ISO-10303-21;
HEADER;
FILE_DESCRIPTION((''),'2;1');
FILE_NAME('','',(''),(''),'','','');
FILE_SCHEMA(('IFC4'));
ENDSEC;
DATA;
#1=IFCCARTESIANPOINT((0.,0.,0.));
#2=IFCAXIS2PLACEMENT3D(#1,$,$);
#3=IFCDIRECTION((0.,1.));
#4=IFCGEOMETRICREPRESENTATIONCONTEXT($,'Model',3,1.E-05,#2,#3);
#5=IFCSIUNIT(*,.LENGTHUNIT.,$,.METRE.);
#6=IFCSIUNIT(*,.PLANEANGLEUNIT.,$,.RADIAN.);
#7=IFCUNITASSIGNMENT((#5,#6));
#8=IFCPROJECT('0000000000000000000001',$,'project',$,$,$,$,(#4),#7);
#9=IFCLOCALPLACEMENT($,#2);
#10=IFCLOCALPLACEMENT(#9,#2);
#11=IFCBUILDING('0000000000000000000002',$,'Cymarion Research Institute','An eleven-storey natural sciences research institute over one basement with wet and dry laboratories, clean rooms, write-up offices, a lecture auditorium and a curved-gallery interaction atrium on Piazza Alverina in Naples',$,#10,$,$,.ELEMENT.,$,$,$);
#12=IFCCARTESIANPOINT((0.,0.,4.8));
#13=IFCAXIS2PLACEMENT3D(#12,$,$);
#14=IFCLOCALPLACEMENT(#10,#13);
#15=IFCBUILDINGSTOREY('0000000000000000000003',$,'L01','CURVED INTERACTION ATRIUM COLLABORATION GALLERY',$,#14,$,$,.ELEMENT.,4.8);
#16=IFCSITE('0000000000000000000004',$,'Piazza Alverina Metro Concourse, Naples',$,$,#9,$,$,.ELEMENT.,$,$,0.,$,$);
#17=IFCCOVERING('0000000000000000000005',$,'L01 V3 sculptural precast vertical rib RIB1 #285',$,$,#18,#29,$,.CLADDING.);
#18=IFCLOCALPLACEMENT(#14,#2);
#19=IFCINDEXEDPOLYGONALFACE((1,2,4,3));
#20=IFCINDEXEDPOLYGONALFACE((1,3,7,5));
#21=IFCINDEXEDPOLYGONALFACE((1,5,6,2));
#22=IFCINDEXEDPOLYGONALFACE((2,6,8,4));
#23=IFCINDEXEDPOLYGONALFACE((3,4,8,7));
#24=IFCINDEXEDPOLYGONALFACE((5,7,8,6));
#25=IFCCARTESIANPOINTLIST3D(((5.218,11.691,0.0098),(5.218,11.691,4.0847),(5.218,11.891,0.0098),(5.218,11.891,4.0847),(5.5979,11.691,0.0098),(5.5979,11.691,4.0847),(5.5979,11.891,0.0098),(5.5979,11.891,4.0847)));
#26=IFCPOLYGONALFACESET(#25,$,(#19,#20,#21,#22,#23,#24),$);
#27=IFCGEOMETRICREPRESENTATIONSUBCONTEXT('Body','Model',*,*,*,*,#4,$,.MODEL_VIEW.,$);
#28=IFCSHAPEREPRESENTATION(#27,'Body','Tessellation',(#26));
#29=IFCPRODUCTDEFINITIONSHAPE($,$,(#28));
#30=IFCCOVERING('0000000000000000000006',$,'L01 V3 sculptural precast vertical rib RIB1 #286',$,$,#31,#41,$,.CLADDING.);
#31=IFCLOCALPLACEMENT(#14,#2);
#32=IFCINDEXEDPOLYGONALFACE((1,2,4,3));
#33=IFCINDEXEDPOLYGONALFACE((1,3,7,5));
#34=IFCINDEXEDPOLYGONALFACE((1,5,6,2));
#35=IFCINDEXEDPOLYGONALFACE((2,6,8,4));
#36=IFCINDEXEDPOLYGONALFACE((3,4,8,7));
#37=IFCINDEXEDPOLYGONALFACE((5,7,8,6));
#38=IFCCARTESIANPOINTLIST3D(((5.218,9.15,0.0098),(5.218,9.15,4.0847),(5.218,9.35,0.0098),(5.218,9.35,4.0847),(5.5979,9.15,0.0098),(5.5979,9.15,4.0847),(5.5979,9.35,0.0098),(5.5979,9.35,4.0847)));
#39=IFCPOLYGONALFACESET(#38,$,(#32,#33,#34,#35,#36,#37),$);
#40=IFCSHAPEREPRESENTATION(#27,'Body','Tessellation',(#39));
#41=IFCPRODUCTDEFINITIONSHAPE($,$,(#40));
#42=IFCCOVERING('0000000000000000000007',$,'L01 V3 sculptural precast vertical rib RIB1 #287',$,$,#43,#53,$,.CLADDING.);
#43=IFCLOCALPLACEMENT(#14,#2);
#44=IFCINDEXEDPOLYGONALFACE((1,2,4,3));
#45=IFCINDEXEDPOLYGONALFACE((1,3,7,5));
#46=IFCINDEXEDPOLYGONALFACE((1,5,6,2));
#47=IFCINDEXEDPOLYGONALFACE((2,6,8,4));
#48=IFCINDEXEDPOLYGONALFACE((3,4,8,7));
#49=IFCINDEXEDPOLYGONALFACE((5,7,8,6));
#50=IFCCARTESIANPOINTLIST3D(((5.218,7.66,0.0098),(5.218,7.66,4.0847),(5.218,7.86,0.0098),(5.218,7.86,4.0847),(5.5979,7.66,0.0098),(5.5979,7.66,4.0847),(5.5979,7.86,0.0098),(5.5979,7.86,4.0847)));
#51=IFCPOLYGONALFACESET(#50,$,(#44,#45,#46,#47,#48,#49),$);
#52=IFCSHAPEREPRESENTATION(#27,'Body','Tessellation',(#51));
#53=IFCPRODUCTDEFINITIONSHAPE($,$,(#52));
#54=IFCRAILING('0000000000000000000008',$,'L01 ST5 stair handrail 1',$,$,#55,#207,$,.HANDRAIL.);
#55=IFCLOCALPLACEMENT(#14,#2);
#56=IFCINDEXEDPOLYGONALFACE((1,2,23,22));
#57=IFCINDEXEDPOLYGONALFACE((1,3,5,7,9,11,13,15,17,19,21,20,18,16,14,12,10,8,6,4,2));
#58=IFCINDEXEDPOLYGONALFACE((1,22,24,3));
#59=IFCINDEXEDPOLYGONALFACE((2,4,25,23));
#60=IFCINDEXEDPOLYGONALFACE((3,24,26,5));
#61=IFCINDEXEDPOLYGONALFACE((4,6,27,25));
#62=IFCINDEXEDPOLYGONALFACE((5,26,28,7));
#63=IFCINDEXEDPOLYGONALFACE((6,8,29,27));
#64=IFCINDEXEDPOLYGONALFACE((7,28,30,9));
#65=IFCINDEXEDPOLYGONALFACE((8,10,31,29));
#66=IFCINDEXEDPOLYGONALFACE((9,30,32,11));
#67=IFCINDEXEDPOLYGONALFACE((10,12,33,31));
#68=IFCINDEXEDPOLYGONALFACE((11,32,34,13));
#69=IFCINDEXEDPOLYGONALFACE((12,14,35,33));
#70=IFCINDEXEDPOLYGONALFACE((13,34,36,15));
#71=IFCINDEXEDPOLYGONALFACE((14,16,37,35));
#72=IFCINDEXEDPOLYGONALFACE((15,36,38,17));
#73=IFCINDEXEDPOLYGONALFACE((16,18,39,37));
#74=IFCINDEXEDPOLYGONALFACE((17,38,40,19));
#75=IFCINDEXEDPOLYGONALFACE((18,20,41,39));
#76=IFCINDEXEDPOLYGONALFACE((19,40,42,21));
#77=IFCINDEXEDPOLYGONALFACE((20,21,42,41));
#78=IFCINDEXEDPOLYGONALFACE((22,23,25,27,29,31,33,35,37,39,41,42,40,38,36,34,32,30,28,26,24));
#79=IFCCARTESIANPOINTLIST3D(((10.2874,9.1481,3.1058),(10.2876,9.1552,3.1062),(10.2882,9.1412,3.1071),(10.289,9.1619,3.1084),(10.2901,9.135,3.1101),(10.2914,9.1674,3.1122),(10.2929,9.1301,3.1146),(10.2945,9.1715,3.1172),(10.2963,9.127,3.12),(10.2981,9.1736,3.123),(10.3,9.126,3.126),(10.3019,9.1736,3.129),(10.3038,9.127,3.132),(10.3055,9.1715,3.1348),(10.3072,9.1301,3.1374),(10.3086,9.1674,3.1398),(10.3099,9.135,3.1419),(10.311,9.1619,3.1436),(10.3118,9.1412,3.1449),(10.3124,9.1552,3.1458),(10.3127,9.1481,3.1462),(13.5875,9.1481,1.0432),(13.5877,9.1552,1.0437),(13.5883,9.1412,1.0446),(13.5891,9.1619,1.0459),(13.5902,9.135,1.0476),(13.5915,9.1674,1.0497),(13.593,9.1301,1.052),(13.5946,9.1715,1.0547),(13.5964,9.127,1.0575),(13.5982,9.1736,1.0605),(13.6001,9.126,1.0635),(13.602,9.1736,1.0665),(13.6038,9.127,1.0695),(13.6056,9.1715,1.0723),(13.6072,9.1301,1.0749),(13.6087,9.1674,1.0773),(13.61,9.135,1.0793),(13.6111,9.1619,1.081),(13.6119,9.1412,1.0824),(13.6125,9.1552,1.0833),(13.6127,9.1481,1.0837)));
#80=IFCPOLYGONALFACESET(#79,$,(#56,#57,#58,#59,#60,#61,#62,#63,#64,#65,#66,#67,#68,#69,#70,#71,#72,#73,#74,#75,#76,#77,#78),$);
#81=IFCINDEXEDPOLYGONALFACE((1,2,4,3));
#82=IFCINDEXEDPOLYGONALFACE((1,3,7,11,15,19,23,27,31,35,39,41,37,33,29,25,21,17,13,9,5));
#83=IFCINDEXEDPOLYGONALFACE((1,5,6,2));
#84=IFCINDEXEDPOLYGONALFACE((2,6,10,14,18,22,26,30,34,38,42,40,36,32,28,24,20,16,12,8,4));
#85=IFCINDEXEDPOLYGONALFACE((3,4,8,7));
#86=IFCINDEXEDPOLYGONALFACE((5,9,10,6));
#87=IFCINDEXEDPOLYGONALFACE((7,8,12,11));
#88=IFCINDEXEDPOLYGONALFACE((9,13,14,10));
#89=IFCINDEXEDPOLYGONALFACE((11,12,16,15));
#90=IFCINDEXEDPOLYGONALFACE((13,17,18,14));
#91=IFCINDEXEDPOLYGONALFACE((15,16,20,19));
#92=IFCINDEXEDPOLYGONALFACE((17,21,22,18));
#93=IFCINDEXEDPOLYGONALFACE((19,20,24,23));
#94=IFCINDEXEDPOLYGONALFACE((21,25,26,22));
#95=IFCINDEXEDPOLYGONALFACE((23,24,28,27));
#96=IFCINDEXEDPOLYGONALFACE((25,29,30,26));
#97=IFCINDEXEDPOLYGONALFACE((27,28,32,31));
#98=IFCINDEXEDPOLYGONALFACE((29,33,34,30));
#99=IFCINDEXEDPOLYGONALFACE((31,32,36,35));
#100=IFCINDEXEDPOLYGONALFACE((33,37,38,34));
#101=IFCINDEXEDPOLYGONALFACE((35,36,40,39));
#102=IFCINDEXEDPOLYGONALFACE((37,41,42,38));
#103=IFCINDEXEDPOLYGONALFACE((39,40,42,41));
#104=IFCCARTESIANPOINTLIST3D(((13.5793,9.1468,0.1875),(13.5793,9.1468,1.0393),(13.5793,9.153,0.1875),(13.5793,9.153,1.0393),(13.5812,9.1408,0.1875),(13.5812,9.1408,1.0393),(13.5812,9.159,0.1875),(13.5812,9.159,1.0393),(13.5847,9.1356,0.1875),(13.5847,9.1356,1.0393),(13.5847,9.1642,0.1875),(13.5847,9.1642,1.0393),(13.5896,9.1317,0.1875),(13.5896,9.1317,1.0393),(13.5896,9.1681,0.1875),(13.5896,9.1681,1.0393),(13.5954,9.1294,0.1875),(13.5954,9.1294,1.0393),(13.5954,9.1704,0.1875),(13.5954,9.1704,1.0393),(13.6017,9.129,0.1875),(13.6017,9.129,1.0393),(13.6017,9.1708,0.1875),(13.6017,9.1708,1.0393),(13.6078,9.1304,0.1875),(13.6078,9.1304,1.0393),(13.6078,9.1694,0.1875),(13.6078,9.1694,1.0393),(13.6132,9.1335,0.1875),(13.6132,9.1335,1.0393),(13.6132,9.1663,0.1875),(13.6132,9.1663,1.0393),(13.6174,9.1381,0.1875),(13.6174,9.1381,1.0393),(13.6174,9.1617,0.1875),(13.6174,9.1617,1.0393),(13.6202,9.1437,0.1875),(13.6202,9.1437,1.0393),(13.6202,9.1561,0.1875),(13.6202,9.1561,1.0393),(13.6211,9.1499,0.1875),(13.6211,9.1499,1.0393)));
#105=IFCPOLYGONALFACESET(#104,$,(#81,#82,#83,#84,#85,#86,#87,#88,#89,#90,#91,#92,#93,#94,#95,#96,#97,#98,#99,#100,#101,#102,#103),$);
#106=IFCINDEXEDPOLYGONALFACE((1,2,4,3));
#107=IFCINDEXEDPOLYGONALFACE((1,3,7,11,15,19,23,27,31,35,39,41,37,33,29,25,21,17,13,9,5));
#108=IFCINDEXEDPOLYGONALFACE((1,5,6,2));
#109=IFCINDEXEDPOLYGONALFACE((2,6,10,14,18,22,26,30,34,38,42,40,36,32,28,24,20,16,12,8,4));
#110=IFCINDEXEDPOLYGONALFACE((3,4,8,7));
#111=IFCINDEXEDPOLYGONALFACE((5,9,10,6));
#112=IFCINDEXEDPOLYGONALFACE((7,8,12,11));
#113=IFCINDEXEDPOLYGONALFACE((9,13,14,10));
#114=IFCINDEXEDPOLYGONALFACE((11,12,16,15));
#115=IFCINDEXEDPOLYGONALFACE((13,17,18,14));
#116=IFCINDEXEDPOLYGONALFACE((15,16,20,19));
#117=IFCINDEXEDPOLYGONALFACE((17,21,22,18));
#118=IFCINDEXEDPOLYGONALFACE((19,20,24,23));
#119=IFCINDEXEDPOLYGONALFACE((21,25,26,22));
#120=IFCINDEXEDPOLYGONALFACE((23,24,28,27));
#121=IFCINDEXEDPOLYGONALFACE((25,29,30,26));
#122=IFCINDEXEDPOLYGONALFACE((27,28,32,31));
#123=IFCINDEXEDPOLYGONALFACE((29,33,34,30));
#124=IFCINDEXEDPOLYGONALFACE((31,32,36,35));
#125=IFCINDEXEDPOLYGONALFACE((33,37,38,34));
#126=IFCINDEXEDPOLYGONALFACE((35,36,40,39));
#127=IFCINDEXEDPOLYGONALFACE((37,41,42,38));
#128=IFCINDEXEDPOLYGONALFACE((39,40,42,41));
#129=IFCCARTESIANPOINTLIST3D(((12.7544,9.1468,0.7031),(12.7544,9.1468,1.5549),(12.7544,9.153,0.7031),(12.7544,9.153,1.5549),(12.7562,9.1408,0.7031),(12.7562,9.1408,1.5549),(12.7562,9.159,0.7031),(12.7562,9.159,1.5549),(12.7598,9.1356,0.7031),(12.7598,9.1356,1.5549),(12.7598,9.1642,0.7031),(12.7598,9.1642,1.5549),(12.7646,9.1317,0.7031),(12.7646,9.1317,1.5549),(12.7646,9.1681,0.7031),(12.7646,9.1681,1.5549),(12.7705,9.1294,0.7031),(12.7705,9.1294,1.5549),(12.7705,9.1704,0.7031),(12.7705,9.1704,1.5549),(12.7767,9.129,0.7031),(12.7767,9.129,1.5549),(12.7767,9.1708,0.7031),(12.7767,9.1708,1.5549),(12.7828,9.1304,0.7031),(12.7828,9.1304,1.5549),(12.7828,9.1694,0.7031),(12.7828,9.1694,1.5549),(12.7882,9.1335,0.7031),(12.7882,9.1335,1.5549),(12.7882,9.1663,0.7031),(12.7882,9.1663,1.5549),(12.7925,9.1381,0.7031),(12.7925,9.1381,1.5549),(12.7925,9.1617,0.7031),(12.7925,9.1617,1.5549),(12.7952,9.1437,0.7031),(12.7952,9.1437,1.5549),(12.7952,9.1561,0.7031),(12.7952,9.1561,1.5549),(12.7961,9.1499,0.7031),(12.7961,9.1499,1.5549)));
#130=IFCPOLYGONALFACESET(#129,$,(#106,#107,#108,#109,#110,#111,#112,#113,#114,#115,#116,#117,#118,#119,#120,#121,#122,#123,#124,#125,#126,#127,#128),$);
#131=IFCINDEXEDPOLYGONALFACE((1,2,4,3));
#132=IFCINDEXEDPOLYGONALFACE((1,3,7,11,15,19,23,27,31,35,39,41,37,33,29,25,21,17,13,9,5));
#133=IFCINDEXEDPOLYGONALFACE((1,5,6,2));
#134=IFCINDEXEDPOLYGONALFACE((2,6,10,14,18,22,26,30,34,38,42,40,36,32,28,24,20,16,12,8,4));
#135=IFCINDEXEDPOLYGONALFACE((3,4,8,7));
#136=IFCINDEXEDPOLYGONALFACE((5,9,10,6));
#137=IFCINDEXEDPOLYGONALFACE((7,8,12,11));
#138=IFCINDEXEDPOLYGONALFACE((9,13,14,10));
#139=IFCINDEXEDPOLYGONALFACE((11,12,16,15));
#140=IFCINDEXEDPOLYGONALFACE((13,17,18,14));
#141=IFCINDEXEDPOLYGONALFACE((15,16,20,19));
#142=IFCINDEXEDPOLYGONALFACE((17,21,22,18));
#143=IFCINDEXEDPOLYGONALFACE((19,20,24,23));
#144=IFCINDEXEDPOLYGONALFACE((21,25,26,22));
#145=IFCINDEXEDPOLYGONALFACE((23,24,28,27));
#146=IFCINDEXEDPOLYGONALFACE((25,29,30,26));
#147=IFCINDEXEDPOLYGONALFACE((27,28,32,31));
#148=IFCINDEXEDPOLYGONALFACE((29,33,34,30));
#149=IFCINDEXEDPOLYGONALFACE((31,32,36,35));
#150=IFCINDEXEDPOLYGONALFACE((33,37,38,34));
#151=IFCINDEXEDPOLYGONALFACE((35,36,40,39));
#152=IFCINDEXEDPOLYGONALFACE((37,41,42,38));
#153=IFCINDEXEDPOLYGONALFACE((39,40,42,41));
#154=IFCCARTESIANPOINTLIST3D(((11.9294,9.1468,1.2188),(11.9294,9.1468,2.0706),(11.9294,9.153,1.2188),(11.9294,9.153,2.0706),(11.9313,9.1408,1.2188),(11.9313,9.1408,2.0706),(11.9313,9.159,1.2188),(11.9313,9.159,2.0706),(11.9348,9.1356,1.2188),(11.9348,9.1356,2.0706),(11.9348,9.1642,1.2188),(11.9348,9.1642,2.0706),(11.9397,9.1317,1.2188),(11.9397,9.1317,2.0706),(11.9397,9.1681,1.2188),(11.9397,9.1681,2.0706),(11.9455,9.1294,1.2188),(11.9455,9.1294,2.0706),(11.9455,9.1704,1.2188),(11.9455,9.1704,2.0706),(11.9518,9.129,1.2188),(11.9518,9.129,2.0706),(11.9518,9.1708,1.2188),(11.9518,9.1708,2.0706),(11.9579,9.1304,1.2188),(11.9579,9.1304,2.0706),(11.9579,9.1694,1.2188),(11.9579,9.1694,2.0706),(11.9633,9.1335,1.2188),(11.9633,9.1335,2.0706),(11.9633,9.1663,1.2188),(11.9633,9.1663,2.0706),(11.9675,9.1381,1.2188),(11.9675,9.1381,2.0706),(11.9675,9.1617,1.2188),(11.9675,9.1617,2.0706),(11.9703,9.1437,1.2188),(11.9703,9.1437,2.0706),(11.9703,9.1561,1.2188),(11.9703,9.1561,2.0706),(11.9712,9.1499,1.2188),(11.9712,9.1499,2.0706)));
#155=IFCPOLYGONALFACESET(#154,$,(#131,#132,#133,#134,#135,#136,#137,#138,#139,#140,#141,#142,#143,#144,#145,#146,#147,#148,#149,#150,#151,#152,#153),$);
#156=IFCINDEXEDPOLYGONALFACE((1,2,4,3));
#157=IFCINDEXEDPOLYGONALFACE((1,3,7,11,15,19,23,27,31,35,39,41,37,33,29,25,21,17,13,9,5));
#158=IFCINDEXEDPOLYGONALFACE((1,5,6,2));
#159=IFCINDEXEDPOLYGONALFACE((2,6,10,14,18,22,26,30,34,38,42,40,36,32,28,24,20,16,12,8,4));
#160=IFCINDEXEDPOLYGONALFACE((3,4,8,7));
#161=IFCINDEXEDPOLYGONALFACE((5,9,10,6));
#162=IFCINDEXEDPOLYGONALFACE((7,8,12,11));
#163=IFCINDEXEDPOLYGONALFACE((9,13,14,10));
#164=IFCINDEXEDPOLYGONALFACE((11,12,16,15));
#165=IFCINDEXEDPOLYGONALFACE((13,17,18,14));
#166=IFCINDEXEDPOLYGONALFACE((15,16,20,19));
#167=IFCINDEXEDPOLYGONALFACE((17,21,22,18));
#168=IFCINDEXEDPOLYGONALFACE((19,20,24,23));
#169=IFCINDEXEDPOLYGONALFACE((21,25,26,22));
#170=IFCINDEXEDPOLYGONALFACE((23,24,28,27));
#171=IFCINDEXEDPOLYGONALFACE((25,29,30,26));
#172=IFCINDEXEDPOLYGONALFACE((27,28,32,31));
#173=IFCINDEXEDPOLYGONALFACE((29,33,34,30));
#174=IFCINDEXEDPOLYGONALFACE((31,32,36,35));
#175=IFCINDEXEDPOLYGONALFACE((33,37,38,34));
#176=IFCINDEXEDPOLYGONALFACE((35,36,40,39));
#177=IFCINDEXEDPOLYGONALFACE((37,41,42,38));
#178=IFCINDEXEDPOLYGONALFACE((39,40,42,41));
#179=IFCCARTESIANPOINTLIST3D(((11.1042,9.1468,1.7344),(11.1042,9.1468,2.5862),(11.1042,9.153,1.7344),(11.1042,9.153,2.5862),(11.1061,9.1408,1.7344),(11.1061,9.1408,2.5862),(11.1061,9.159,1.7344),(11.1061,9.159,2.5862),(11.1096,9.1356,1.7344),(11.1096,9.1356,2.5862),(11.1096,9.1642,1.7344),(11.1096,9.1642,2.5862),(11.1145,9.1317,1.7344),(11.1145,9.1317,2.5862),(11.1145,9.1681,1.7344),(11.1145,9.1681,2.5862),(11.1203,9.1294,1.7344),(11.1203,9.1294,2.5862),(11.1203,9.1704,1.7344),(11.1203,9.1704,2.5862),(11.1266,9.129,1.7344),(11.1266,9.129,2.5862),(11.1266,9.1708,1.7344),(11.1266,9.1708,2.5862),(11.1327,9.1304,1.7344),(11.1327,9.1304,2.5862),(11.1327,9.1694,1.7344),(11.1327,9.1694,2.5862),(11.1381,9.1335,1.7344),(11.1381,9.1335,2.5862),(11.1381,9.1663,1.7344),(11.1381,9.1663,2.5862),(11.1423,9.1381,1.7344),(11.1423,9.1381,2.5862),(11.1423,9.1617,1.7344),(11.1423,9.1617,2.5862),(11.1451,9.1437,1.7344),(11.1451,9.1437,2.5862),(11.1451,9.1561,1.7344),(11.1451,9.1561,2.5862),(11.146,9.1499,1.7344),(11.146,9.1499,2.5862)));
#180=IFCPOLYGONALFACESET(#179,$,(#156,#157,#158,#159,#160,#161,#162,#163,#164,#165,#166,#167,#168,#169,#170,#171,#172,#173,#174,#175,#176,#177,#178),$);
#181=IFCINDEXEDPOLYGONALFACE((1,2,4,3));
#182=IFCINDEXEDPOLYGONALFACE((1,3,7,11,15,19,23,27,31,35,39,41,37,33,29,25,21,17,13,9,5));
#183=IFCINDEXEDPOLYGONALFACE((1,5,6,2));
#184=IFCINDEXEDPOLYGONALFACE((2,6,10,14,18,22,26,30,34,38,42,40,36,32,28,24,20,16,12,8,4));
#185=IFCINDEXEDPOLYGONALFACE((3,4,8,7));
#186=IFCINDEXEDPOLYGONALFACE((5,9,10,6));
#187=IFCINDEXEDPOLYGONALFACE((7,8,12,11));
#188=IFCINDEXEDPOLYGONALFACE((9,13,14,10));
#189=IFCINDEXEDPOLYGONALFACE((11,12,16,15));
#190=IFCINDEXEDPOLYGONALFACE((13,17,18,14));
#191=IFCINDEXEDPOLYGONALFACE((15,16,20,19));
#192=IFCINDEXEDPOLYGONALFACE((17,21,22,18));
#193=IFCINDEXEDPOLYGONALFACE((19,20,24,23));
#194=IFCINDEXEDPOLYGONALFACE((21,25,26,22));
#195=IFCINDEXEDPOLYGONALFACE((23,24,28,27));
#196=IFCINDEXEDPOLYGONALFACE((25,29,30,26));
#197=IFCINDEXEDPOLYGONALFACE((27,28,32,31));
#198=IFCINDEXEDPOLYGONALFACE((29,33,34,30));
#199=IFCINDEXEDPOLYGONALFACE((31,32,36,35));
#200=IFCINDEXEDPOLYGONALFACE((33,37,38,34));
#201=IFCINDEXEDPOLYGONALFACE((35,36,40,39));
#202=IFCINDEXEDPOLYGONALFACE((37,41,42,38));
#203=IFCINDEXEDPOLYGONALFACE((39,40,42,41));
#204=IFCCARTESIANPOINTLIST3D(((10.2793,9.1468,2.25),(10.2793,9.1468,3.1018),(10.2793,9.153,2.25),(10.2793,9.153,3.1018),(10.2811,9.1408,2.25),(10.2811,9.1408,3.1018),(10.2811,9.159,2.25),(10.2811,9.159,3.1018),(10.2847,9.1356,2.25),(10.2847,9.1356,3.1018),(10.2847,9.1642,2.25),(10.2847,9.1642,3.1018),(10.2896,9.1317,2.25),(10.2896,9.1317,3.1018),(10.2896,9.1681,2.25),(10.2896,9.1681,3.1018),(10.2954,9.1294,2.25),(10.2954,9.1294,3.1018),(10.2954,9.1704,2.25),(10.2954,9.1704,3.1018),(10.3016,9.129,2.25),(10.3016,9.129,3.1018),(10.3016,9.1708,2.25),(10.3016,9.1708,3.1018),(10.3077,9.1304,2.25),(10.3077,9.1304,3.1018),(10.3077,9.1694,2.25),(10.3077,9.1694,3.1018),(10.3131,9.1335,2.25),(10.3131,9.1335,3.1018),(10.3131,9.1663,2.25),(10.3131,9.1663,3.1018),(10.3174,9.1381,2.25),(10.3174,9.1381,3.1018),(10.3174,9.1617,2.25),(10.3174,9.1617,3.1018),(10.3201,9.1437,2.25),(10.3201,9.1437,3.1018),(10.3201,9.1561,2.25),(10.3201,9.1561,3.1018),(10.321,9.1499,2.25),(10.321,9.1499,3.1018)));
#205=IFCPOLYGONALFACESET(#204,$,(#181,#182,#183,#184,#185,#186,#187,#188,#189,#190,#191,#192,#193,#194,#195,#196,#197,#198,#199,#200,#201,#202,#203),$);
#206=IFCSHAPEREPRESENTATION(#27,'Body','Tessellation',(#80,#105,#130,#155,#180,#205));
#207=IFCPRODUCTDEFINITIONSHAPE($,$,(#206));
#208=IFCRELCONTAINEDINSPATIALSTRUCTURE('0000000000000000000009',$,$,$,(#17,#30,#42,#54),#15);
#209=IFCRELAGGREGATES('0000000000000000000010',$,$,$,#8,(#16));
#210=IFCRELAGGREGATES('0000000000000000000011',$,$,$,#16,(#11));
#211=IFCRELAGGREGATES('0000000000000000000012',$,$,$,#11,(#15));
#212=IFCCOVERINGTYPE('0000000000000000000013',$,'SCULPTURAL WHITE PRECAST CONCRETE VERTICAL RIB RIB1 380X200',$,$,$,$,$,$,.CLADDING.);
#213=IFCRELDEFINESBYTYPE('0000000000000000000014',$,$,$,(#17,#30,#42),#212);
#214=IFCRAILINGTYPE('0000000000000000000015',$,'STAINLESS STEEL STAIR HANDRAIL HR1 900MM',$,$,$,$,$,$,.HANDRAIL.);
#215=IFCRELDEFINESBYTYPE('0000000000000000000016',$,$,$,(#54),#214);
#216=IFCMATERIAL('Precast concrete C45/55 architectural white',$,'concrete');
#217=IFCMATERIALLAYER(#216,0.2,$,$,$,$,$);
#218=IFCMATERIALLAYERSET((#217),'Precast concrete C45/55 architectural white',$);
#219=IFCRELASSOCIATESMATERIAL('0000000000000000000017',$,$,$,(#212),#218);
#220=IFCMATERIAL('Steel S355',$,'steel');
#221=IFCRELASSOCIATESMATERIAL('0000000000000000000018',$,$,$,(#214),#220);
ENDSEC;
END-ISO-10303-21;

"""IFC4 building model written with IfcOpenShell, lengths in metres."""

from ifc_helpers import new_model, si_unit, direction, frame, origin, origin_2d, place, context, subcontext, project, spatial, rectangle, circle, extrude, material, layer, layer_set, type_object, element, save


model = new_model("IFC4")

# Units and contexts
model_context = context("Model", 3, precision=1e-05, world=origin(), true_north=direction((0.0, 1.0)))
body_context = subcontext(model_context, "Body", "Model", "MODEL_VIEW")
ifc_project = project(units=[si_unit("LENGTHUNIT", "METRE"), si_unit("PLANEANGLEUNIT", "RADIAN")], contexts=[model_context])

# Site, building, storey
site_placement = place(None, origin())
site = spatial("IfcSite", under=ifc_project, at=site_placement, Name="Piazza Alverina Metro Concourse, Naples", CompositionType="ELEMENT", RefElevation=0.0)
building_placement = place(site_placement, origin())
building = spatial("IfcBuilding", under=site, at=building_placement, Name="Cymarion Research Institute", Description="An eleven-storey natural sciences research institute over one basement with wet and dry laboratories, clean rooms, write-up offices, a lecture auditorium and a curved-gallery interaction atrium on Piazza Alverina in Naples", CompositionType="ELEMENT")
storey_placement = place(building_placement, frame((0.0, 0.0, 4.8)))
storey = spatial("IfcBuildingStorey", under=building, at=storey_placement, Name="L01", Description="CURVED INTERACTION ATRIUM COLLABORATION GALLERY", CompositionType="ELEMENT", Elevation=4.8)

# Shared definitions
ifc_material_1 = material(Name="Steel S355", Category="steel")

# Coverings
ifc_material_2 = material(Name="Precast concrete C45/55 architectural white", Category="concrete")
ifc_layer_1 = layer(ifc_material_2, 0.2)
ifc_layer_set_1 = layer_set([ifc_layer_1], Name="Precast concrete C45/55 architectural white")
covering_type_1 = type_object("IfcCoveringType", Name="SCULPTURAL WHITE PRECAST CONCRETE VERTICAL RIB RIB1 380X200", PredefinedType="CLADDING", material=ifc_layer_set_1)
for number, where, z_axis, x_axis, name in (
    (1, (5.408, 11.791, 0.0098), (0.0, 0.0, 1.0), (-1.0, 0.0, 0.0), "L01 V3 sculptural precast vertical rib RIB1 #285"),
    (2, (5.408, 9.25, 0.0098), (0.0, 0.0, 1.0), (-1.0, 0.0, 0.0), "L01 V3 sculptural precast vertical rib RIB1 #286"),
    (3, (5.408, 7.76, 0.0098), (0.0, 0.0, 1.0), (-1.0, 0.0, 0.0), "L01 V3 sculptural precast vertical rib RIB1 #287"),
):
    element("IfcCovering", number, at=place(storey_placement, frame(where, z_axis=z_axis, x_axis=x_axis)), inside=storey, type_object=covering_type_1, Name=name, PredefinedType="CLADDING", context=body_context, shape_type="SweptSolid", body=[
        extrude(rectangle(XDim=0.3799, YDim=0.2, at=origin_2d()), origin(), (0.0, 0.0, 1.0), 4.075),
    ])

# Railing
railing_type_1 = type_object("IfcRailingType", Name="STAINLESS STEEL STAIR HANDRAIL HR1 900MM", PredefinedType="HANDRAIL", material=ifc_material_1)
railing_1_placement = place(storey_placement, frame((13.6001, 9.1499, 0.1875)))
element("IfcRailing", 4, at=railing_1_placement, inside=storey, type_object=railing_type_1, Name="L01 ST5 stair handrail 1", PredefinedType="HANDRAIL", context=body_context, shape_type="SweptSolid", body=[
    extrude(circle(Radius=0.0239, at=origin_2d()), frame((0.0, 0.0, 0.876), z_axis=(-0.848002, 0.0, 0.529993), x_axis=(0.0, -1.0, 0.0)), (0.0, 0.0, 1.0), 3.8916),
    extrude(circle(Radius=0.021, at=origin_2d()), origin(), (0.0, 0.0, 1.0), 0.8518),
    extrude(circle(Radius=0.021, at=origin_2d()), frame((-0.825, 0.0, 0.5156)), (0.0, 0.0, 1.0), 0.8518),
    extrude(circle(Radius=0.021, at=origin_2d()), frame((-1.6499, 0.0, 1.0312)), (0.0, 0.0, 1.0), 0.8518),
    extrude(circle(Radius=0.021, at=origin_2d()), frame((-2.4751, 0.0, 1.5469)), (0.0, 0.0, 1.0), 0.8518),
    extrude(circle(Radius=0.021, at=origin_2d()), frame((-3.3, 0.0, 2.0625)), (0.0, 0.0, 1.0), 0.8518),
])

save(model, "model.ifc")
